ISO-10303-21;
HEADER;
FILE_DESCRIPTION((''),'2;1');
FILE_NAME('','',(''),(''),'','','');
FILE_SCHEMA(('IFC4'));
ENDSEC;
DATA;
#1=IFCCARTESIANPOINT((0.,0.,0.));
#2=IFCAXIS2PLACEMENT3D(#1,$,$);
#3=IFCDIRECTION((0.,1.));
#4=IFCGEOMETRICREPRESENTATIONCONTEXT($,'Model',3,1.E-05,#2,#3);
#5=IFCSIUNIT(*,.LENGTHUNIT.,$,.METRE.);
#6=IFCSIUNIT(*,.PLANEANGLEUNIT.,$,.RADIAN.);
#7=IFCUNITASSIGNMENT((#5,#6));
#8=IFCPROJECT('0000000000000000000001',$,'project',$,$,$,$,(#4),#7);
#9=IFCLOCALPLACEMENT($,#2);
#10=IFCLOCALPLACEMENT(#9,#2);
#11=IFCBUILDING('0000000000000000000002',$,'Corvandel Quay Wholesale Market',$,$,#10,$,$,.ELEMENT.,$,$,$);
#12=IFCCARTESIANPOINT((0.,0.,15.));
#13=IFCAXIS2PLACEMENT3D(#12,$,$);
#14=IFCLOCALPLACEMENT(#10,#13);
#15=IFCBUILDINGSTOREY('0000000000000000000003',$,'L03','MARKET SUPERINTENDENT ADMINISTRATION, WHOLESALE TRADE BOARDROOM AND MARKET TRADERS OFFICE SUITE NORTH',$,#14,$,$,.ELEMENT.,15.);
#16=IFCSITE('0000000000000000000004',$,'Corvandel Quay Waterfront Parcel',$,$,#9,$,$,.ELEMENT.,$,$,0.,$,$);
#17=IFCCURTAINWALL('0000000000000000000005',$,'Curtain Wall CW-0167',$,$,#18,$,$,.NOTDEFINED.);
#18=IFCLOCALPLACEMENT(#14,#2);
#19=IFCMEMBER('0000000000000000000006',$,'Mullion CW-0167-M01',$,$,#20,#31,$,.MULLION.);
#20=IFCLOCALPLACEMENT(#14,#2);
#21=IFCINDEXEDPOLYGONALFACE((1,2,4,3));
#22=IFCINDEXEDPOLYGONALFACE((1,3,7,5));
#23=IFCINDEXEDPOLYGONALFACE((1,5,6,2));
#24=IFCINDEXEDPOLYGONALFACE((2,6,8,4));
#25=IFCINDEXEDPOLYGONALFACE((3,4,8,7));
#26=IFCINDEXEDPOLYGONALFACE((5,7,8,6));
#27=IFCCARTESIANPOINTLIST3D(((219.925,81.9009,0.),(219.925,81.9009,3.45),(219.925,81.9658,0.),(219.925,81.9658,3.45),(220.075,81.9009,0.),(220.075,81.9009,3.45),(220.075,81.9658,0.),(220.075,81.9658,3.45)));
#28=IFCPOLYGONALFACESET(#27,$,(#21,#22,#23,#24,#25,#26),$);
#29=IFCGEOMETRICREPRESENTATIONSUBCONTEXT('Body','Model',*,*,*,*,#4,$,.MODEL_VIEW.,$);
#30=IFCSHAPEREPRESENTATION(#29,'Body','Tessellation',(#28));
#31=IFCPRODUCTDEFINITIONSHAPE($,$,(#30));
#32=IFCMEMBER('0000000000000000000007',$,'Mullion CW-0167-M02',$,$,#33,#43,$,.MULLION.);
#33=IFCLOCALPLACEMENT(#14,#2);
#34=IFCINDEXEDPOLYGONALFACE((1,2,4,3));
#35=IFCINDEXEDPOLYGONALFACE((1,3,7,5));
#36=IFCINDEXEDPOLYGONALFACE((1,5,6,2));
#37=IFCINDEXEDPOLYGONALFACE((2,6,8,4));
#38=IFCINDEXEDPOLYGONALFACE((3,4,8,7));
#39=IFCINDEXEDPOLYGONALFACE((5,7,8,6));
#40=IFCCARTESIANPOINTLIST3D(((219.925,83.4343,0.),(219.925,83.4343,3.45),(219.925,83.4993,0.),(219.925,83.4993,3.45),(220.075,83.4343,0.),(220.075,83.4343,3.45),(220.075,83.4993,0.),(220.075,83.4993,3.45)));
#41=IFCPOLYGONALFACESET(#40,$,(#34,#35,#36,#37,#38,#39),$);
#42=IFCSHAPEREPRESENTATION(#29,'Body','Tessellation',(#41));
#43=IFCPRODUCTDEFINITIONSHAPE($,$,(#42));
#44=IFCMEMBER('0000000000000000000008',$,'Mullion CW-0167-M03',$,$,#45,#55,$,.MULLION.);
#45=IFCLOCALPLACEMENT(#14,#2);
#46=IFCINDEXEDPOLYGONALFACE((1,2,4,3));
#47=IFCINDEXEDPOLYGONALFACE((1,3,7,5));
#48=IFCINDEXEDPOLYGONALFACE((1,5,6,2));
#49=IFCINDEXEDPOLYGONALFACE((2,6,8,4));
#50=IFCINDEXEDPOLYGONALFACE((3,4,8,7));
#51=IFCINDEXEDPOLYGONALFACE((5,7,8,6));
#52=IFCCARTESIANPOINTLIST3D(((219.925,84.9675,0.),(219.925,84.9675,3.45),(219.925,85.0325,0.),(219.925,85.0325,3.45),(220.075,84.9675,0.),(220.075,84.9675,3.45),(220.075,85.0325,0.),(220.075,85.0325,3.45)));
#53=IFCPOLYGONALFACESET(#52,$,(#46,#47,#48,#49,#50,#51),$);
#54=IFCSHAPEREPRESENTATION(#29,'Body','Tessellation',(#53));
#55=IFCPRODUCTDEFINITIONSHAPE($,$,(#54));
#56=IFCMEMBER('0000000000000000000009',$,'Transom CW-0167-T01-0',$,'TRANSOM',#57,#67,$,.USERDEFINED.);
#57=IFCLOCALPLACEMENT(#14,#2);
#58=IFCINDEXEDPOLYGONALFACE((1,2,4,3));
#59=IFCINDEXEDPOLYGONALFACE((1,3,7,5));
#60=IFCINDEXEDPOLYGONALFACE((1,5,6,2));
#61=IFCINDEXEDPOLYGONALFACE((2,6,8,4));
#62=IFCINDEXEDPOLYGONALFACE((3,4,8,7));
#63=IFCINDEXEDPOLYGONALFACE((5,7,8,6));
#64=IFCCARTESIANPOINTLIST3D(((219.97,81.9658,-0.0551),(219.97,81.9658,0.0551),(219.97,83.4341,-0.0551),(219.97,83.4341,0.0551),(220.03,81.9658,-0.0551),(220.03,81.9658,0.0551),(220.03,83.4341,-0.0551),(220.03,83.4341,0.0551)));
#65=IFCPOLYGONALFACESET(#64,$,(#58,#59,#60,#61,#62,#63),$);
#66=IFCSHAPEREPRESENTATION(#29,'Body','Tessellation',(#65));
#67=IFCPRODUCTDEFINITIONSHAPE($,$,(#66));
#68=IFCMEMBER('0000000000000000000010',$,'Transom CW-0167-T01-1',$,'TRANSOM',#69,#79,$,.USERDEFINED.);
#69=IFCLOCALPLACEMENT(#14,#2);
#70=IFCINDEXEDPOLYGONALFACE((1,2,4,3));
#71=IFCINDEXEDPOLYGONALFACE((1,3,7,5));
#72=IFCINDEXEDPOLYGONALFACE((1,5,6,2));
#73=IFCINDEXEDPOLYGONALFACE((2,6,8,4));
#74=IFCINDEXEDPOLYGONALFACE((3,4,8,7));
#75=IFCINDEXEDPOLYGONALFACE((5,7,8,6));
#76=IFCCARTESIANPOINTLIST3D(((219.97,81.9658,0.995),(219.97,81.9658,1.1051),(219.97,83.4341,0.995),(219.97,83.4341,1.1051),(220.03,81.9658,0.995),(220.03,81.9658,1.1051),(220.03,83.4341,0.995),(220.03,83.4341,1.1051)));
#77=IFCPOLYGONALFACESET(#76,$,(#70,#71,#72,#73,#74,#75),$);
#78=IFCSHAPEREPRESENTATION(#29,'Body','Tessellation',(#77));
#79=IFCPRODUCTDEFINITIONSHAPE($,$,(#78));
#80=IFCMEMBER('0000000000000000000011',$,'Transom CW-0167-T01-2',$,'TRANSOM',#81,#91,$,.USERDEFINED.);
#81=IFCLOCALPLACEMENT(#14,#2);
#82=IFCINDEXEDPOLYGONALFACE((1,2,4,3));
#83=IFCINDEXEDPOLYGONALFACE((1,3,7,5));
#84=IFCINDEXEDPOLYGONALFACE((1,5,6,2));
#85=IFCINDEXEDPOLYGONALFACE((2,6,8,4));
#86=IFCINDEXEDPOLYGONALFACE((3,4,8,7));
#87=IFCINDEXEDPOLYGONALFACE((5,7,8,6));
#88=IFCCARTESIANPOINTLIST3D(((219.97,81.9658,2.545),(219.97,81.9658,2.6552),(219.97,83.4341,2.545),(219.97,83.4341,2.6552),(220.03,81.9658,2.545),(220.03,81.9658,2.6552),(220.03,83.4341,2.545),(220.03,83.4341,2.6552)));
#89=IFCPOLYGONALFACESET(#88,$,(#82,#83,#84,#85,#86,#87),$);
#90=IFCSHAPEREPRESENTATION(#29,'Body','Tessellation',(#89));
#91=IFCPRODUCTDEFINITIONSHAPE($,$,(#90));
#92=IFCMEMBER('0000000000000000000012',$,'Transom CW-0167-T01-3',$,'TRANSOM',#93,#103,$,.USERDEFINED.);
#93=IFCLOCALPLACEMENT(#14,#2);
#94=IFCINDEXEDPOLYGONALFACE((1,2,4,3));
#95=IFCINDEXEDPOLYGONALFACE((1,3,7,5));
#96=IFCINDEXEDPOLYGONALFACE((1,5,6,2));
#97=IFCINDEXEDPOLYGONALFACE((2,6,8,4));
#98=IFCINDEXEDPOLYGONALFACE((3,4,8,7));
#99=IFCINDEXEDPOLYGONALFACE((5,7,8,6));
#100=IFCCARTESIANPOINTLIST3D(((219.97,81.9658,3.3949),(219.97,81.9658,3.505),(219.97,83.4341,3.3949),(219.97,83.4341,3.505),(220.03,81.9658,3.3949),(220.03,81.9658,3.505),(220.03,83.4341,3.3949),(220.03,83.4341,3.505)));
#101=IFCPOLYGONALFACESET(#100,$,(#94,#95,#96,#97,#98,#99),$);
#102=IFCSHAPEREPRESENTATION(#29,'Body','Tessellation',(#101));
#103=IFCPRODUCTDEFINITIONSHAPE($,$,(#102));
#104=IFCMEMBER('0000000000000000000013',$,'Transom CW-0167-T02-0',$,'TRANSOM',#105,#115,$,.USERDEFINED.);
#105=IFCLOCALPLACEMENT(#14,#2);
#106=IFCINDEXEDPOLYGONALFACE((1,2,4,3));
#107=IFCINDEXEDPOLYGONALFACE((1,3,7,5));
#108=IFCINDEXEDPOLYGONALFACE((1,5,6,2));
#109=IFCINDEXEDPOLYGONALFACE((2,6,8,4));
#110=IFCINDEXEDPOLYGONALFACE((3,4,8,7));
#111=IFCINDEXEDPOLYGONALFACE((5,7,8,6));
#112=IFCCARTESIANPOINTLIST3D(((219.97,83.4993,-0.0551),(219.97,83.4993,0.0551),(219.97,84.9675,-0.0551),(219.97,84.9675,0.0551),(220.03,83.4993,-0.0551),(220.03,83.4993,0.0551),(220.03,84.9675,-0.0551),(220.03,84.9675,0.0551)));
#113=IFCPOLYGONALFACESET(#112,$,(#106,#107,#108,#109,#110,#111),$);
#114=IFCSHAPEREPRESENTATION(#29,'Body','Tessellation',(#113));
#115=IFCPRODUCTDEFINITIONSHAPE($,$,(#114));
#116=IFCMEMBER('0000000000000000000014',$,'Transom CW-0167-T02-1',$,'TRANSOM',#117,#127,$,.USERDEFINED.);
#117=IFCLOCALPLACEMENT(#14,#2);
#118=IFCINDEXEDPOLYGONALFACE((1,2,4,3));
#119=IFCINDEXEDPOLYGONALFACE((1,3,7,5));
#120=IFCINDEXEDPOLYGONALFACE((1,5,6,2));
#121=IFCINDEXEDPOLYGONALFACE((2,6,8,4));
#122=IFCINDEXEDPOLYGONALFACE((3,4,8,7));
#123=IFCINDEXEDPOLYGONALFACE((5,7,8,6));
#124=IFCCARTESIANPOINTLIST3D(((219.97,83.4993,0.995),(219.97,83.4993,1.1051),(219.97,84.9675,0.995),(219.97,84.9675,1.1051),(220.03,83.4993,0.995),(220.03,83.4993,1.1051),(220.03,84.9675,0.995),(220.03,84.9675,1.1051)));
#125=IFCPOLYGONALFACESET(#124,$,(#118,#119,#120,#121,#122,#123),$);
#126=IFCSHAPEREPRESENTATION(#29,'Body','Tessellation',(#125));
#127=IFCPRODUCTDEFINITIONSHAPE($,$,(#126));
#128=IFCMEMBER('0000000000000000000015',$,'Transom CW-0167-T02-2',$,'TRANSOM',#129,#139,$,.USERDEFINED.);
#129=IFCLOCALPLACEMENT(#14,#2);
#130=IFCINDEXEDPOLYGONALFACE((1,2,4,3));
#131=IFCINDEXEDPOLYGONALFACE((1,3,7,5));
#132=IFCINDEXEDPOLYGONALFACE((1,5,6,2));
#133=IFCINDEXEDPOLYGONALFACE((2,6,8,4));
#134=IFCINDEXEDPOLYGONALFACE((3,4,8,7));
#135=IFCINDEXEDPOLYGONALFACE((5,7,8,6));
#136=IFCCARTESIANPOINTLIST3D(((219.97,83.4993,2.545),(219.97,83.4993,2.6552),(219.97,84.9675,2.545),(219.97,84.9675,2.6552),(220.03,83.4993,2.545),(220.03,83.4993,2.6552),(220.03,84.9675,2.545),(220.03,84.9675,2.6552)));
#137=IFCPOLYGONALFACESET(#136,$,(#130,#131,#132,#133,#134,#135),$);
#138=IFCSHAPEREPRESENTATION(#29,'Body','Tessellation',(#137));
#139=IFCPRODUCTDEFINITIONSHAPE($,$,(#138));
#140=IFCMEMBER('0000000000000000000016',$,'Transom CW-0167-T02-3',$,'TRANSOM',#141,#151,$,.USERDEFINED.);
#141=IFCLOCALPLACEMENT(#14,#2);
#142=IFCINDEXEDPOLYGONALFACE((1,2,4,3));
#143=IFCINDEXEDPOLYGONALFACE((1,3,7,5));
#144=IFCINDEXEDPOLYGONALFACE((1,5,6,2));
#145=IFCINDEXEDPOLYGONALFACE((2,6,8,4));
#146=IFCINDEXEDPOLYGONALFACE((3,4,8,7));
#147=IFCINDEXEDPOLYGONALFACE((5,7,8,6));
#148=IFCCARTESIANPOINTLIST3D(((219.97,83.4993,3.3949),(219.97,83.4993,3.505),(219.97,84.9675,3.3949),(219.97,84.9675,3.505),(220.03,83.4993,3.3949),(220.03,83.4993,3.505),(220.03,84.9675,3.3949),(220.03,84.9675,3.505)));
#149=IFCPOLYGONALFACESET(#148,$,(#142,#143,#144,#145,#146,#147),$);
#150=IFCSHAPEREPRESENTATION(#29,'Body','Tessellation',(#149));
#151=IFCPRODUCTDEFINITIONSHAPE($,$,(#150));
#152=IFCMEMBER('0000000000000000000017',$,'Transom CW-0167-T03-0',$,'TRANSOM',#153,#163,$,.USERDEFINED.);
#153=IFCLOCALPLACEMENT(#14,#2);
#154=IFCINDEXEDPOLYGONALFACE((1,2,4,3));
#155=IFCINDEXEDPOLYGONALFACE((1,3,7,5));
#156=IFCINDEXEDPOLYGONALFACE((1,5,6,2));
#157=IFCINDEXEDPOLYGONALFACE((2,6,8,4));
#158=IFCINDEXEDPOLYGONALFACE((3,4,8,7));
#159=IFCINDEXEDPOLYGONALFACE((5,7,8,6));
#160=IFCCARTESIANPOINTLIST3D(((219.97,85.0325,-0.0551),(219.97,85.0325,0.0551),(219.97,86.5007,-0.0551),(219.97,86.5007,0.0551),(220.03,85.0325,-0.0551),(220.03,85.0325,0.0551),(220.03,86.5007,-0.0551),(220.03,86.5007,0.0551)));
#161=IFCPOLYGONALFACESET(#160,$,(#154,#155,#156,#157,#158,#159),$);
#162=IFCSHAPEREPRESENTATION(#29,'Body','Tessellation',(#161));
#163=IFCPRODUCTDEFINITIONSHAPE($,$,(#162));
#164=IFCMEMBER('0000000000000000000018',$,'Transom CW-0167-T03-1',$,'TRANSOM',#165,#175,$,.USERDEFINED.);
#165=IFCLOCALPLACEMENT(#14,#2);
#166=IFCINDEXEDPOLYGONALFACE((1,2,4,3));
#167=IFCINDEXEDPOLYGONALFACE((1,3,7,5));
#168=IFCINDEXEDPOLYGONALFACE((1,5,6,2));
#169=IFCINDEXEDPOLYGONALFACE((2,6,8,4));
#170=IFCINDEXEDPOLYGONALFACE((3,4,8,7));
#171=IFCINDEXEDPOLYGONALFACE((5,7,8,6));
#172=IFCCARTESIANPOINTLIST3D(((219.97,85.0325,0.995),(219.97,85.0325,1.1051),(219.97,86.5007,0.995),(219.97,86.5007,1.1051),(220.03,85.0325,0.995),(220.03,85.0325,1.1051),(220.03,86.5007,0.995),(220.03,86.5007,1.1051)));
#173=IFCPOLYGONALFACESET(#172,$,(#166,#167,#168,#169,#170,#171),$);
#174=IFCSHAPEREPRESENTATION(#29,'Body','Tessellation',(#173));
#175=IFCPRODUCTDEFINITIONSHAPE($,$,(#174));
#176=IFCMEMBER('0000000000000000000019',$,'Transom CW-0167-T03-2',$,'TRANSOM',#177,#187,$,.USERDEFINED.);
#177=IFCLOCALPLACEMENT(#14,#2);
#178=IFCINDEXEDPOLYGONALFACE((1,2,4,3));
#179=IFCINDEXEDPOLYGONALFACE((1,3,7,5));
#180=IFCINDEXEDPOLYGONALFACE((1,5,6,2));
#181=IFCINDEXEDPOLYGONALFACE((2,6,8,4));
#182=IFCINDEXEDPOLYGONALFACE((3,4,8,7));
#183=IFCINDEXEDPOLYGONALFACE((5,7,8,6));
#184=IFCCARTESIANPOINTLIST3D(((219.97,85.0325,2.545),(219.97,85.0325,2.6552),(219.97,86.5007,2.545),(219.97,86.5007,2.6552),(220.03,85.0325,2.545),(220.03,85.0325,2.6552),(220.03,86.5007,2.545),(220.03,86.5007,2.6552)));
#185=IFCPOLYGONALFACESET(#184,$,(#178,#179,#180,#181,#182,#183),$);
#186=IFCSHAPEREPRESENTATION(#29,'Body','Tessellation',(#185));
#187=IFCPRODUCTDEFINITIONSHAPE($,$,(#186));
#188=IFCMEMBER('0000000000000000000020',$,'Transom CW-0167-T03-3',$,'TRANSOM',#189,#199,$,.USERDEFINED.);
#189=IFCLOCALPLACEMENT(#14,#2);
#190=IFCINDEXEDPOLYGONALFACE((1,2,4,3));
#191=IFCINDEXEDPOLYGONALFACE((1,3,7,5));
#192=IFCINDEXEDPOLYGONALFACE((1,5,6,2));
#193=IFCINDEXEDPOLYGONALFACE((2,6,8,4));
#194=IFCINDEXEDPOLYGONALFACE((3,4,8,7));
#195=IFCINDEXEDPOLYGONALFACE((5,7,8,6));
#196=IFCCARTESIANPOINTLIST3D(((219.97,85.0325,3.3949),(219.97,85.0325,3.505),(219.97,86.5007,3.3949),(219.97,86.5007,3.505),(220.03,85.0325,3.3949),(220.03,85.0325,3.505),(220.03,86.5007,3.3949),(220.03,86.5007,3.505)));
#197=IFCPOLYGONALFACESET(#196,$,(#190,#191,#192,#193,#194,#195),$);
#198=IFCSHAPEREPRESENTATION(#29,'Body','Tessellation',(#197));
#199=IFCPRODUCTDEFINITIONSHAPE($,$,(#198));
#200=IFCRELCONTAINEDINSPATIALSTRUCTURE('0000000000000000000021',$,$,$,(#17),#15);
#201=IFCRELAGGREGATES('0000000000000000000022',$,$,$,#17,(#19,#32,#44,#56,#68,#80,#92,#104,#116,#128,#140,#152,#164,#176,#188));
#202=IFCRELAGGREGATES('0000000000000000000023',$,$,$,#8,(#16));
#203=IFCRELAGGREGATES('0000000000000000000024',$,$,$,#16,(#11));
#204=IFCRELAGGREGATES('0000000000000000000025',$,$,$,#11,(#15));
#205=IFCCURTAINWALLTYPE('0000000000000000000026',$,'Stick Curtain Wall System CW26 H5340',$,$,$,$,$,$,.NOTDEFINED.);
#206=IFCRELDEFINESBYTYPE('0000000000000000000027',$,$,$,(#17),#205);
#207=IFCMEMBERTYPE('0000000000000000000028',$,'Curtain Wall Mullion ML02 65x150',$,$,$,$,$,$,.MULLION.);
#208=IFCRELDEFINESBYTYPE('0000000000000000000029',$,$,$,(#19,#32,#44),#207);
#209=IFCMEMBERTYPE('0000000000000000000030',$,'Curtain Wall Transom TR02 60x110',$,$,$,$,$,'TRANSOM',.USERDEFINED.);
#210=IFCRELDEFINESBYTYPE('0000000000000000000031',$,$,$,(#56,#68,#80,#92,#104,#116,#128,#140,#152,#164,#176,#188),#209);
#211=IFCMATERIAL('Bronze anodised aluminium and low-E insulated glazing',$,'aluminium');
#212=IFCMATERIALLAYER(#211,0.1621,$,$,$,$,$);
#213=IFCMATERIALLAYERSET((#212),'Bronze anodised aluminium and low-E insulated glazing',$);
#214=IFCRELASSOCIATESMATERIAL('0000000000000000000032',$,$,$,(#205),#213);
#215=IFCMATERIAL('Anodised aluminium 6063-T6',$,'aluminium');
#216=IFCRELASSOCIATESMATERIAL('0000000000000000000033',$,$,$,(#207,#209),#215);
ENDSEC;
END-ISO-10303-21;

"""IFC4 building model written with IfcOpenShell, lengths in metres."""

from ifc_helpers import new_model, si_unit, direction, frame, origin, origin_2d, place, context, subcontext, project, spatial, rectangle, extrude, material, layer, layer_set, material_profile, profile_set, type_object, element, aggregate, save


model = new_model("IFC4")

# Units and contexts
model_context = context("Model", 3, precision=1e-05, world=origin(), true_north=direction((0.0, 1.0)))
body_context = subcontext(model_context, "Body", "Model", "MODEL_VIEW")
ifc_project = project(units=[si_unit("LENGTHUNIT", "METRE"), si_unit("PLANEANGLEUNIT", "RADIAN")], contexts=[model_context])

# Site, building, storey
site_placement = place(None, origin())
site = spatial("IfcSite", under=ifc_project, at=site_placement, Name="Corvandel Quay Waterfront Parcel", CompositionType="ELEMENT", RefElevation=0.0)
building_placement = place(site_placement, origin())
building = spatial("IfcBuilding", under=site, at=building_placement, Name="Corvandel Quay Wholesale Market", CompositionType="ELEMENT")
storey_placement = place(building_placement, frame((0.0, 0.0, 15.0)))
storey = spatial("IfcBuildingStorey", under=building, at=storey_placement, Name="L03", Description="MARKET SUPERINTENDENT ADMINISTRATION, WHOLESALE TRADE BOARDROOM AND MARKET TRADERS OFFICE SUITE NORTH", CompositionType="ELEMENT", Elevation=15.0)

# Curtain wall, members
ifc_material_1 = material(Name="Bronze anodised aluminium and low-E insulated glazing", Category="aluminium")
ifc_layer_1 = layer(ifc_material_1, 0.1621)
ifc_layer_set_1 = layer_set([ifc_layer_1], Name="Bronze anodised aluminium and low-E insulated glazing")
curtain_wall_type = type_object("IfcCurtainWallType", Name="Stick Curtain Wall System CW26 H5340", PredefinedType="NOTDEFINED", material=ifc_layer_set_1)
curtain_wall_placement = place(storey_placement, origin())
curtain_wall = element("IfcCurtainWall", 1, at=curtain_wall_placement, inside=storey, type_object=curtain_wall_type, Name="Curtain Wall CW-0167", PredefinedType="NOTDEFINED")
ifc_material_2 = material(Name="Anodised aluminium 6063-T6", Category="aluminium")
ifc_material_profile_1 = material_profile(ifc_material_2, rectangle(XDim=0.0649, YDim=0.1499, at=origin_2d()), Name="ALU-MUL-65x150")
ifc_profile_set_1 = profile_set([ifc_material_profile_1], Name="Anodised aluminium 6063-T6")
member_type_1 = type_object("IfcMemberType", Name="Curtain Wall Mullion ML02 65x150", PredefinedType="MULLION", material=ifc_profile_set_1)
member_1_placement = place(storey_placement, frame((220.0, 81.9333, 0.0), z_axis=(0.0, 0.0, 1.0), x_axis=(0.0, 1.0, 0.0)))
member_1 = element("IfcMember", 2, at=member_1_placement, type_object=member_type_1, Name="Mullion CW-0167-M01", PredefinedType="MULLION", context=body_context, shape_type="SweptSolid", body=[
    extrude(rectangle(XDim=0.0649, YDim=0.1499, at=origin_2d()), origin(), (0.0, 0.0, 1.0), 3.45),
])
member_2_placement = place(storey_placement, frame((220.0, 83.4668, 0.0), z_axis=(0.0, 0.0, 1.0), x_axis=(0.0, 1.0, 0.0)))
member_2 = element("IfcMember", 3, at=member_2_placement, type_object=member_type_1, Name="Mullion CW-0167-M02", PredefinedType="MULLION", context=body_context, shape_type="SweptSolid", body=[
    extrude(rectangle(XDim=0.0649, YDim=0.1499, at=origin_2d()), origin(), (0.0, 0.0, 1.0), 3.45),
])
member_3_placement = place(storey_placement, frame((220.0, 85.0, 0.0), z_axis=(0.0, 0.0, 1.0), x_axis=(0.0, 1.0, 0.0)))
member_3 = element("IfcMember", 4, at=member_3_placement, type_object=member_type_1, Name="Mullion CW-0167-M03", PredefinedType="MULLION", context=body_context, shape_type="SweptSolid", body=[
    extrude(rectangle(XDim=0.0649, YDim=0.1499, at=origin_2d()), origin(), (0.0, 0.0, 1.0), 3.45),
])
ifc_material_profile_2 = material_profile(ifc_material_2, rectangle(XDim=0.0601, YDim=0.1101, at=origin_2d()), Name="ALU-TRN-60x110")
ifc_profile_set_2 = profile_set([ifc_material_profile_2], Name="Anodised aluminium 6063-T6")
member_type_2 = type_object("IfcMemberType", Name="Curtain Wall Transom TR02 60x110", ElementType="TRANSOM", PredefinedType="USERDEFINED", material=ifc_profile_set_2)
member_4_placement = place(storey_placement, frame((220.0, 81.9658, 0.0), z_axis=(0.0, 1.0, 0.0), x_axis=(-1.0, 0.0, 0.0)))
member_4 = element("IfcMember", 5, at=member_4_placement, type_object=member_type_2, Name="Transom CW-0167-T01-0", ObjectType="TRANSOM", PredefinedType="USERDEFINED", context=body_context, shape_type="SweptSolid", body=[
    extrude(rectangle(XDim=0.0601, YDim=0.1101, at=origin_2d()), origin(), (0.0, 0.0, 1.0), 1.4683),
])
member_5_placement = place(storey_placement, frame((220.0, 81.9658, 1.05), z_axis=(0.0, 1.0, 0.0), x_axis=(-1.0, 0.0, 0.0)))
member_5 = element("IfcMember", 6, at=member_5_placement, type_object=member_type_2, Name="Transom CW-0167-T01-1", ObjectType="TRANSOM", PredefinedType="USERDEFINED", context=body_context, shape_type="SweptSolid", body=[
    extrude(rectangle(XDim=0.0601, YDim=0.1101, at=origin_2d()), origin(), (0.0, 0.0, 1.0), 1.4683),
])
member_6_placement = place(storey_placement, frame((220.0, 81.9658, 2.6001), z_axis=(0.0, 1.0, 0.0), x_axis=(-1.0, 0.0, 0.0)))
member_6 = element("IfcMember", 7, at=member_6_placement, type_object=member_type_2, Name="Transom CW-0167-T01-2", ObjectType="TRANSOM", PredefinedType="USERDEFINED", context=body_context, shape_type="SweptSolid", body=[
    extrude(rectangle(XDim=0.0601, YDim=0.1101, at=origin_2d()), origin(), (0.0, 0.0, 1.0), 1.4683),
])
member_7_placement = place(storey_placement, frame((220.0, 81.9658, 3.45), z_axis=(0.0, 1.0, 0.0), x_axis=(-1.0, 0.0, 0.0)))
member_7 = element("IfcMember", 8, at=member_7_placement, type_object=member_type_2, Name="Transom CW-0167-T01-3", ObjectType="TRANSOM", PredefinedType="USERDEFINED", context=body_context, shape_type="SweptSolid", body=[
    extrude(rectangle(XDim=0.0601, YDim=0.1101, at=origin_2d()), origin(), (0.0, 0.0, 1.0), 1.4683),
])
member_8_placement = place(storey_placement, frame((220.0, 83.4993, 0.0), z_axis=(0.0, 1.0, 0.0), x_axis=(-1.0, 0.0, 0.0)))
member_8 = element("IfcMember", 9, at=member_8_placement, type_object=member_type_2, Name="Transom CW-0167-T02-0", ObjectType="TRANSOM", PredefinedType="USERDEFINED", context=body_context, shape_type="SweptSolid", body=[
    extrude(rectangle(XDim=0.0601, YDim=0.1101, at=origin_2d()), origin(), (0.0, 0.0, 1.0), 1.4683),
])
member_9_placement = place(storey_placement, frame((220.0, 83.4993, 1.05), z_axis=(0.0, 1.0, 0.0), x_axis=(-1.0, 0.0, 0.0)))
member_9 = element("IfcMember", 10, at=member_9_placement, type_object=member_type_2, Name="Transom CW-0167-T02-1", ObjectType="TRANSOM", PredefinedType="USERDEFINED", context=body_context, shape_type="SweptSolid", body=[
    extrude(rectangle(XDim=0.0601, YDim=0.1101, at=origin_2d()), origin(), (0.0, 0.0, 1.0), 1.4683),
])
member_10_placement = place(storey_placement, frame((220.0, 83.4993, 2.6001), z_axis=(0.0, 1.0, 0.0), x_axis=(-1.0, 0.0, 0.0)))
member_10 = element("IfcMember", 11, at=member_10_placement, type_object=member_type_2, Name="Transom CW-0167-T02-2", ObjectType="TRANSOM", PredefinedType="USERDEFINED", context=body_context, shape_type="SweptSolid", body=[
    extrude(rectangle(XDim=0.0601, YDim=0.1101, at=origin_2d()), origin(), (0.0, 0.0, 1.0), 1.4683),
])
member_11_placement = place(storey_placement, frame((220.0, 83.4993, 3.45), z_axis=(0.0, 1.0, 0.0), x_axis=(-1.0, 0.0, 0.0)))
member_11 = element("IfcMember", 12, at=member_11_placement, type_object=member_type_2, Name="Transom CW-0167-T02-3", ObjectType="TRANSOM", PredefinedType="USERDEFINED", context=body_context, shape_type="SweptSolid", body=[
    extrude(rectangle(XDim=0.0601, YDim=0.1101, at=origin_2d()), origin(), (0.0, 0.0, 1.0), 1.4683),
])
member_12_placement = place(storey_placement, frame((220.0, 85.0325, 0.0), z_axis=(0.0, 1.0, 0.0), x_axis=(-1.0, 0.0, 0.0)))
member_12 = element("IfcMember", 13, at=member_12_placement, type_object=member_type_2, Name="Transom CW-0167-T03-0", ObjectType="TRANSOM", PredefinedType="USERDEFINED", context=body_context, shape_type="SweptSolid", body=[
    extrude(rectangle(XDim=0.0601, YDim=0.1101, at=origin_2d()), origin(), (0.0, 0.0, 1.0), 1.4683),
])
member_13_placement = place(storey_placement, frame((220.0, 85.0325, 1.05), z_axis=(0.0, 1.0, 0.0), x_axis=(-1.0, 0.0, 0.0)))
member_13 = element("IfcMember", 14, at=member_13_placement, type_object=member_type_2, Name="Transom CW-0167-T03-1", ObjectType="TRANSOM", PredefinedType="USERDEFINED", context=body_context, shape_type="SweptSolid", body=[
    extrude(rectangle(XDim=0.0601, YDim=0.1101, at=origin_2d()), origin(), (0.0, 0.0, 1.0), 1.4683),
])
member_14_placement = place(storey_placement, frame((220.0, 85.0325, 2.6001), z_axis=(0.0, 1.0, 0.0), x_axis=(-1.0, 0.0, 0.0)))
member_14 = element("IfcMember", 15, at=member_14_placement, type_object=member_type_2, Name="Transom CW-0167-T03-2", ObjectType="TRANSOM", PredefinedType="USERDEFINED", context=body_context, shape_type="SweptSolid", body=[
    extrude(rectangle(XDim=0.0601, YDim=0.1101, at=origin_2d()), origin(), (0.0, 0.0, 1.0), 1.4683),
])
member_15_placement = place(storey_placement, frame((220.0, 85.0325, 3.45), z_axis=(0.0, 1.0, 0.0), x_axis=(-1.0, 0.0, 0.0)))
member_15 = element("IfcMember", 16, at=member_15_placement, type_object=member_type_2, Name="Transom CW-0167-T03-3", ObjectType="TRANSOM", PredefinedType="USERDEFINED", context=body_context, shape_type="SweptSolid", body=[
    extrude(rectangle(XDim=0.0601, YDim=0.1101, at=origin_2d()), origin(), (0.0, 0.0, 1.0), 1.4683),
])
aggregate(curtain_wall, [member_1, member_2, member_3, member_4, member_5, member_6, member_7, member_8, member_9, member_10, member_11, member_12, member_13, member_14, member_15])

save(model, "model.ifc")
